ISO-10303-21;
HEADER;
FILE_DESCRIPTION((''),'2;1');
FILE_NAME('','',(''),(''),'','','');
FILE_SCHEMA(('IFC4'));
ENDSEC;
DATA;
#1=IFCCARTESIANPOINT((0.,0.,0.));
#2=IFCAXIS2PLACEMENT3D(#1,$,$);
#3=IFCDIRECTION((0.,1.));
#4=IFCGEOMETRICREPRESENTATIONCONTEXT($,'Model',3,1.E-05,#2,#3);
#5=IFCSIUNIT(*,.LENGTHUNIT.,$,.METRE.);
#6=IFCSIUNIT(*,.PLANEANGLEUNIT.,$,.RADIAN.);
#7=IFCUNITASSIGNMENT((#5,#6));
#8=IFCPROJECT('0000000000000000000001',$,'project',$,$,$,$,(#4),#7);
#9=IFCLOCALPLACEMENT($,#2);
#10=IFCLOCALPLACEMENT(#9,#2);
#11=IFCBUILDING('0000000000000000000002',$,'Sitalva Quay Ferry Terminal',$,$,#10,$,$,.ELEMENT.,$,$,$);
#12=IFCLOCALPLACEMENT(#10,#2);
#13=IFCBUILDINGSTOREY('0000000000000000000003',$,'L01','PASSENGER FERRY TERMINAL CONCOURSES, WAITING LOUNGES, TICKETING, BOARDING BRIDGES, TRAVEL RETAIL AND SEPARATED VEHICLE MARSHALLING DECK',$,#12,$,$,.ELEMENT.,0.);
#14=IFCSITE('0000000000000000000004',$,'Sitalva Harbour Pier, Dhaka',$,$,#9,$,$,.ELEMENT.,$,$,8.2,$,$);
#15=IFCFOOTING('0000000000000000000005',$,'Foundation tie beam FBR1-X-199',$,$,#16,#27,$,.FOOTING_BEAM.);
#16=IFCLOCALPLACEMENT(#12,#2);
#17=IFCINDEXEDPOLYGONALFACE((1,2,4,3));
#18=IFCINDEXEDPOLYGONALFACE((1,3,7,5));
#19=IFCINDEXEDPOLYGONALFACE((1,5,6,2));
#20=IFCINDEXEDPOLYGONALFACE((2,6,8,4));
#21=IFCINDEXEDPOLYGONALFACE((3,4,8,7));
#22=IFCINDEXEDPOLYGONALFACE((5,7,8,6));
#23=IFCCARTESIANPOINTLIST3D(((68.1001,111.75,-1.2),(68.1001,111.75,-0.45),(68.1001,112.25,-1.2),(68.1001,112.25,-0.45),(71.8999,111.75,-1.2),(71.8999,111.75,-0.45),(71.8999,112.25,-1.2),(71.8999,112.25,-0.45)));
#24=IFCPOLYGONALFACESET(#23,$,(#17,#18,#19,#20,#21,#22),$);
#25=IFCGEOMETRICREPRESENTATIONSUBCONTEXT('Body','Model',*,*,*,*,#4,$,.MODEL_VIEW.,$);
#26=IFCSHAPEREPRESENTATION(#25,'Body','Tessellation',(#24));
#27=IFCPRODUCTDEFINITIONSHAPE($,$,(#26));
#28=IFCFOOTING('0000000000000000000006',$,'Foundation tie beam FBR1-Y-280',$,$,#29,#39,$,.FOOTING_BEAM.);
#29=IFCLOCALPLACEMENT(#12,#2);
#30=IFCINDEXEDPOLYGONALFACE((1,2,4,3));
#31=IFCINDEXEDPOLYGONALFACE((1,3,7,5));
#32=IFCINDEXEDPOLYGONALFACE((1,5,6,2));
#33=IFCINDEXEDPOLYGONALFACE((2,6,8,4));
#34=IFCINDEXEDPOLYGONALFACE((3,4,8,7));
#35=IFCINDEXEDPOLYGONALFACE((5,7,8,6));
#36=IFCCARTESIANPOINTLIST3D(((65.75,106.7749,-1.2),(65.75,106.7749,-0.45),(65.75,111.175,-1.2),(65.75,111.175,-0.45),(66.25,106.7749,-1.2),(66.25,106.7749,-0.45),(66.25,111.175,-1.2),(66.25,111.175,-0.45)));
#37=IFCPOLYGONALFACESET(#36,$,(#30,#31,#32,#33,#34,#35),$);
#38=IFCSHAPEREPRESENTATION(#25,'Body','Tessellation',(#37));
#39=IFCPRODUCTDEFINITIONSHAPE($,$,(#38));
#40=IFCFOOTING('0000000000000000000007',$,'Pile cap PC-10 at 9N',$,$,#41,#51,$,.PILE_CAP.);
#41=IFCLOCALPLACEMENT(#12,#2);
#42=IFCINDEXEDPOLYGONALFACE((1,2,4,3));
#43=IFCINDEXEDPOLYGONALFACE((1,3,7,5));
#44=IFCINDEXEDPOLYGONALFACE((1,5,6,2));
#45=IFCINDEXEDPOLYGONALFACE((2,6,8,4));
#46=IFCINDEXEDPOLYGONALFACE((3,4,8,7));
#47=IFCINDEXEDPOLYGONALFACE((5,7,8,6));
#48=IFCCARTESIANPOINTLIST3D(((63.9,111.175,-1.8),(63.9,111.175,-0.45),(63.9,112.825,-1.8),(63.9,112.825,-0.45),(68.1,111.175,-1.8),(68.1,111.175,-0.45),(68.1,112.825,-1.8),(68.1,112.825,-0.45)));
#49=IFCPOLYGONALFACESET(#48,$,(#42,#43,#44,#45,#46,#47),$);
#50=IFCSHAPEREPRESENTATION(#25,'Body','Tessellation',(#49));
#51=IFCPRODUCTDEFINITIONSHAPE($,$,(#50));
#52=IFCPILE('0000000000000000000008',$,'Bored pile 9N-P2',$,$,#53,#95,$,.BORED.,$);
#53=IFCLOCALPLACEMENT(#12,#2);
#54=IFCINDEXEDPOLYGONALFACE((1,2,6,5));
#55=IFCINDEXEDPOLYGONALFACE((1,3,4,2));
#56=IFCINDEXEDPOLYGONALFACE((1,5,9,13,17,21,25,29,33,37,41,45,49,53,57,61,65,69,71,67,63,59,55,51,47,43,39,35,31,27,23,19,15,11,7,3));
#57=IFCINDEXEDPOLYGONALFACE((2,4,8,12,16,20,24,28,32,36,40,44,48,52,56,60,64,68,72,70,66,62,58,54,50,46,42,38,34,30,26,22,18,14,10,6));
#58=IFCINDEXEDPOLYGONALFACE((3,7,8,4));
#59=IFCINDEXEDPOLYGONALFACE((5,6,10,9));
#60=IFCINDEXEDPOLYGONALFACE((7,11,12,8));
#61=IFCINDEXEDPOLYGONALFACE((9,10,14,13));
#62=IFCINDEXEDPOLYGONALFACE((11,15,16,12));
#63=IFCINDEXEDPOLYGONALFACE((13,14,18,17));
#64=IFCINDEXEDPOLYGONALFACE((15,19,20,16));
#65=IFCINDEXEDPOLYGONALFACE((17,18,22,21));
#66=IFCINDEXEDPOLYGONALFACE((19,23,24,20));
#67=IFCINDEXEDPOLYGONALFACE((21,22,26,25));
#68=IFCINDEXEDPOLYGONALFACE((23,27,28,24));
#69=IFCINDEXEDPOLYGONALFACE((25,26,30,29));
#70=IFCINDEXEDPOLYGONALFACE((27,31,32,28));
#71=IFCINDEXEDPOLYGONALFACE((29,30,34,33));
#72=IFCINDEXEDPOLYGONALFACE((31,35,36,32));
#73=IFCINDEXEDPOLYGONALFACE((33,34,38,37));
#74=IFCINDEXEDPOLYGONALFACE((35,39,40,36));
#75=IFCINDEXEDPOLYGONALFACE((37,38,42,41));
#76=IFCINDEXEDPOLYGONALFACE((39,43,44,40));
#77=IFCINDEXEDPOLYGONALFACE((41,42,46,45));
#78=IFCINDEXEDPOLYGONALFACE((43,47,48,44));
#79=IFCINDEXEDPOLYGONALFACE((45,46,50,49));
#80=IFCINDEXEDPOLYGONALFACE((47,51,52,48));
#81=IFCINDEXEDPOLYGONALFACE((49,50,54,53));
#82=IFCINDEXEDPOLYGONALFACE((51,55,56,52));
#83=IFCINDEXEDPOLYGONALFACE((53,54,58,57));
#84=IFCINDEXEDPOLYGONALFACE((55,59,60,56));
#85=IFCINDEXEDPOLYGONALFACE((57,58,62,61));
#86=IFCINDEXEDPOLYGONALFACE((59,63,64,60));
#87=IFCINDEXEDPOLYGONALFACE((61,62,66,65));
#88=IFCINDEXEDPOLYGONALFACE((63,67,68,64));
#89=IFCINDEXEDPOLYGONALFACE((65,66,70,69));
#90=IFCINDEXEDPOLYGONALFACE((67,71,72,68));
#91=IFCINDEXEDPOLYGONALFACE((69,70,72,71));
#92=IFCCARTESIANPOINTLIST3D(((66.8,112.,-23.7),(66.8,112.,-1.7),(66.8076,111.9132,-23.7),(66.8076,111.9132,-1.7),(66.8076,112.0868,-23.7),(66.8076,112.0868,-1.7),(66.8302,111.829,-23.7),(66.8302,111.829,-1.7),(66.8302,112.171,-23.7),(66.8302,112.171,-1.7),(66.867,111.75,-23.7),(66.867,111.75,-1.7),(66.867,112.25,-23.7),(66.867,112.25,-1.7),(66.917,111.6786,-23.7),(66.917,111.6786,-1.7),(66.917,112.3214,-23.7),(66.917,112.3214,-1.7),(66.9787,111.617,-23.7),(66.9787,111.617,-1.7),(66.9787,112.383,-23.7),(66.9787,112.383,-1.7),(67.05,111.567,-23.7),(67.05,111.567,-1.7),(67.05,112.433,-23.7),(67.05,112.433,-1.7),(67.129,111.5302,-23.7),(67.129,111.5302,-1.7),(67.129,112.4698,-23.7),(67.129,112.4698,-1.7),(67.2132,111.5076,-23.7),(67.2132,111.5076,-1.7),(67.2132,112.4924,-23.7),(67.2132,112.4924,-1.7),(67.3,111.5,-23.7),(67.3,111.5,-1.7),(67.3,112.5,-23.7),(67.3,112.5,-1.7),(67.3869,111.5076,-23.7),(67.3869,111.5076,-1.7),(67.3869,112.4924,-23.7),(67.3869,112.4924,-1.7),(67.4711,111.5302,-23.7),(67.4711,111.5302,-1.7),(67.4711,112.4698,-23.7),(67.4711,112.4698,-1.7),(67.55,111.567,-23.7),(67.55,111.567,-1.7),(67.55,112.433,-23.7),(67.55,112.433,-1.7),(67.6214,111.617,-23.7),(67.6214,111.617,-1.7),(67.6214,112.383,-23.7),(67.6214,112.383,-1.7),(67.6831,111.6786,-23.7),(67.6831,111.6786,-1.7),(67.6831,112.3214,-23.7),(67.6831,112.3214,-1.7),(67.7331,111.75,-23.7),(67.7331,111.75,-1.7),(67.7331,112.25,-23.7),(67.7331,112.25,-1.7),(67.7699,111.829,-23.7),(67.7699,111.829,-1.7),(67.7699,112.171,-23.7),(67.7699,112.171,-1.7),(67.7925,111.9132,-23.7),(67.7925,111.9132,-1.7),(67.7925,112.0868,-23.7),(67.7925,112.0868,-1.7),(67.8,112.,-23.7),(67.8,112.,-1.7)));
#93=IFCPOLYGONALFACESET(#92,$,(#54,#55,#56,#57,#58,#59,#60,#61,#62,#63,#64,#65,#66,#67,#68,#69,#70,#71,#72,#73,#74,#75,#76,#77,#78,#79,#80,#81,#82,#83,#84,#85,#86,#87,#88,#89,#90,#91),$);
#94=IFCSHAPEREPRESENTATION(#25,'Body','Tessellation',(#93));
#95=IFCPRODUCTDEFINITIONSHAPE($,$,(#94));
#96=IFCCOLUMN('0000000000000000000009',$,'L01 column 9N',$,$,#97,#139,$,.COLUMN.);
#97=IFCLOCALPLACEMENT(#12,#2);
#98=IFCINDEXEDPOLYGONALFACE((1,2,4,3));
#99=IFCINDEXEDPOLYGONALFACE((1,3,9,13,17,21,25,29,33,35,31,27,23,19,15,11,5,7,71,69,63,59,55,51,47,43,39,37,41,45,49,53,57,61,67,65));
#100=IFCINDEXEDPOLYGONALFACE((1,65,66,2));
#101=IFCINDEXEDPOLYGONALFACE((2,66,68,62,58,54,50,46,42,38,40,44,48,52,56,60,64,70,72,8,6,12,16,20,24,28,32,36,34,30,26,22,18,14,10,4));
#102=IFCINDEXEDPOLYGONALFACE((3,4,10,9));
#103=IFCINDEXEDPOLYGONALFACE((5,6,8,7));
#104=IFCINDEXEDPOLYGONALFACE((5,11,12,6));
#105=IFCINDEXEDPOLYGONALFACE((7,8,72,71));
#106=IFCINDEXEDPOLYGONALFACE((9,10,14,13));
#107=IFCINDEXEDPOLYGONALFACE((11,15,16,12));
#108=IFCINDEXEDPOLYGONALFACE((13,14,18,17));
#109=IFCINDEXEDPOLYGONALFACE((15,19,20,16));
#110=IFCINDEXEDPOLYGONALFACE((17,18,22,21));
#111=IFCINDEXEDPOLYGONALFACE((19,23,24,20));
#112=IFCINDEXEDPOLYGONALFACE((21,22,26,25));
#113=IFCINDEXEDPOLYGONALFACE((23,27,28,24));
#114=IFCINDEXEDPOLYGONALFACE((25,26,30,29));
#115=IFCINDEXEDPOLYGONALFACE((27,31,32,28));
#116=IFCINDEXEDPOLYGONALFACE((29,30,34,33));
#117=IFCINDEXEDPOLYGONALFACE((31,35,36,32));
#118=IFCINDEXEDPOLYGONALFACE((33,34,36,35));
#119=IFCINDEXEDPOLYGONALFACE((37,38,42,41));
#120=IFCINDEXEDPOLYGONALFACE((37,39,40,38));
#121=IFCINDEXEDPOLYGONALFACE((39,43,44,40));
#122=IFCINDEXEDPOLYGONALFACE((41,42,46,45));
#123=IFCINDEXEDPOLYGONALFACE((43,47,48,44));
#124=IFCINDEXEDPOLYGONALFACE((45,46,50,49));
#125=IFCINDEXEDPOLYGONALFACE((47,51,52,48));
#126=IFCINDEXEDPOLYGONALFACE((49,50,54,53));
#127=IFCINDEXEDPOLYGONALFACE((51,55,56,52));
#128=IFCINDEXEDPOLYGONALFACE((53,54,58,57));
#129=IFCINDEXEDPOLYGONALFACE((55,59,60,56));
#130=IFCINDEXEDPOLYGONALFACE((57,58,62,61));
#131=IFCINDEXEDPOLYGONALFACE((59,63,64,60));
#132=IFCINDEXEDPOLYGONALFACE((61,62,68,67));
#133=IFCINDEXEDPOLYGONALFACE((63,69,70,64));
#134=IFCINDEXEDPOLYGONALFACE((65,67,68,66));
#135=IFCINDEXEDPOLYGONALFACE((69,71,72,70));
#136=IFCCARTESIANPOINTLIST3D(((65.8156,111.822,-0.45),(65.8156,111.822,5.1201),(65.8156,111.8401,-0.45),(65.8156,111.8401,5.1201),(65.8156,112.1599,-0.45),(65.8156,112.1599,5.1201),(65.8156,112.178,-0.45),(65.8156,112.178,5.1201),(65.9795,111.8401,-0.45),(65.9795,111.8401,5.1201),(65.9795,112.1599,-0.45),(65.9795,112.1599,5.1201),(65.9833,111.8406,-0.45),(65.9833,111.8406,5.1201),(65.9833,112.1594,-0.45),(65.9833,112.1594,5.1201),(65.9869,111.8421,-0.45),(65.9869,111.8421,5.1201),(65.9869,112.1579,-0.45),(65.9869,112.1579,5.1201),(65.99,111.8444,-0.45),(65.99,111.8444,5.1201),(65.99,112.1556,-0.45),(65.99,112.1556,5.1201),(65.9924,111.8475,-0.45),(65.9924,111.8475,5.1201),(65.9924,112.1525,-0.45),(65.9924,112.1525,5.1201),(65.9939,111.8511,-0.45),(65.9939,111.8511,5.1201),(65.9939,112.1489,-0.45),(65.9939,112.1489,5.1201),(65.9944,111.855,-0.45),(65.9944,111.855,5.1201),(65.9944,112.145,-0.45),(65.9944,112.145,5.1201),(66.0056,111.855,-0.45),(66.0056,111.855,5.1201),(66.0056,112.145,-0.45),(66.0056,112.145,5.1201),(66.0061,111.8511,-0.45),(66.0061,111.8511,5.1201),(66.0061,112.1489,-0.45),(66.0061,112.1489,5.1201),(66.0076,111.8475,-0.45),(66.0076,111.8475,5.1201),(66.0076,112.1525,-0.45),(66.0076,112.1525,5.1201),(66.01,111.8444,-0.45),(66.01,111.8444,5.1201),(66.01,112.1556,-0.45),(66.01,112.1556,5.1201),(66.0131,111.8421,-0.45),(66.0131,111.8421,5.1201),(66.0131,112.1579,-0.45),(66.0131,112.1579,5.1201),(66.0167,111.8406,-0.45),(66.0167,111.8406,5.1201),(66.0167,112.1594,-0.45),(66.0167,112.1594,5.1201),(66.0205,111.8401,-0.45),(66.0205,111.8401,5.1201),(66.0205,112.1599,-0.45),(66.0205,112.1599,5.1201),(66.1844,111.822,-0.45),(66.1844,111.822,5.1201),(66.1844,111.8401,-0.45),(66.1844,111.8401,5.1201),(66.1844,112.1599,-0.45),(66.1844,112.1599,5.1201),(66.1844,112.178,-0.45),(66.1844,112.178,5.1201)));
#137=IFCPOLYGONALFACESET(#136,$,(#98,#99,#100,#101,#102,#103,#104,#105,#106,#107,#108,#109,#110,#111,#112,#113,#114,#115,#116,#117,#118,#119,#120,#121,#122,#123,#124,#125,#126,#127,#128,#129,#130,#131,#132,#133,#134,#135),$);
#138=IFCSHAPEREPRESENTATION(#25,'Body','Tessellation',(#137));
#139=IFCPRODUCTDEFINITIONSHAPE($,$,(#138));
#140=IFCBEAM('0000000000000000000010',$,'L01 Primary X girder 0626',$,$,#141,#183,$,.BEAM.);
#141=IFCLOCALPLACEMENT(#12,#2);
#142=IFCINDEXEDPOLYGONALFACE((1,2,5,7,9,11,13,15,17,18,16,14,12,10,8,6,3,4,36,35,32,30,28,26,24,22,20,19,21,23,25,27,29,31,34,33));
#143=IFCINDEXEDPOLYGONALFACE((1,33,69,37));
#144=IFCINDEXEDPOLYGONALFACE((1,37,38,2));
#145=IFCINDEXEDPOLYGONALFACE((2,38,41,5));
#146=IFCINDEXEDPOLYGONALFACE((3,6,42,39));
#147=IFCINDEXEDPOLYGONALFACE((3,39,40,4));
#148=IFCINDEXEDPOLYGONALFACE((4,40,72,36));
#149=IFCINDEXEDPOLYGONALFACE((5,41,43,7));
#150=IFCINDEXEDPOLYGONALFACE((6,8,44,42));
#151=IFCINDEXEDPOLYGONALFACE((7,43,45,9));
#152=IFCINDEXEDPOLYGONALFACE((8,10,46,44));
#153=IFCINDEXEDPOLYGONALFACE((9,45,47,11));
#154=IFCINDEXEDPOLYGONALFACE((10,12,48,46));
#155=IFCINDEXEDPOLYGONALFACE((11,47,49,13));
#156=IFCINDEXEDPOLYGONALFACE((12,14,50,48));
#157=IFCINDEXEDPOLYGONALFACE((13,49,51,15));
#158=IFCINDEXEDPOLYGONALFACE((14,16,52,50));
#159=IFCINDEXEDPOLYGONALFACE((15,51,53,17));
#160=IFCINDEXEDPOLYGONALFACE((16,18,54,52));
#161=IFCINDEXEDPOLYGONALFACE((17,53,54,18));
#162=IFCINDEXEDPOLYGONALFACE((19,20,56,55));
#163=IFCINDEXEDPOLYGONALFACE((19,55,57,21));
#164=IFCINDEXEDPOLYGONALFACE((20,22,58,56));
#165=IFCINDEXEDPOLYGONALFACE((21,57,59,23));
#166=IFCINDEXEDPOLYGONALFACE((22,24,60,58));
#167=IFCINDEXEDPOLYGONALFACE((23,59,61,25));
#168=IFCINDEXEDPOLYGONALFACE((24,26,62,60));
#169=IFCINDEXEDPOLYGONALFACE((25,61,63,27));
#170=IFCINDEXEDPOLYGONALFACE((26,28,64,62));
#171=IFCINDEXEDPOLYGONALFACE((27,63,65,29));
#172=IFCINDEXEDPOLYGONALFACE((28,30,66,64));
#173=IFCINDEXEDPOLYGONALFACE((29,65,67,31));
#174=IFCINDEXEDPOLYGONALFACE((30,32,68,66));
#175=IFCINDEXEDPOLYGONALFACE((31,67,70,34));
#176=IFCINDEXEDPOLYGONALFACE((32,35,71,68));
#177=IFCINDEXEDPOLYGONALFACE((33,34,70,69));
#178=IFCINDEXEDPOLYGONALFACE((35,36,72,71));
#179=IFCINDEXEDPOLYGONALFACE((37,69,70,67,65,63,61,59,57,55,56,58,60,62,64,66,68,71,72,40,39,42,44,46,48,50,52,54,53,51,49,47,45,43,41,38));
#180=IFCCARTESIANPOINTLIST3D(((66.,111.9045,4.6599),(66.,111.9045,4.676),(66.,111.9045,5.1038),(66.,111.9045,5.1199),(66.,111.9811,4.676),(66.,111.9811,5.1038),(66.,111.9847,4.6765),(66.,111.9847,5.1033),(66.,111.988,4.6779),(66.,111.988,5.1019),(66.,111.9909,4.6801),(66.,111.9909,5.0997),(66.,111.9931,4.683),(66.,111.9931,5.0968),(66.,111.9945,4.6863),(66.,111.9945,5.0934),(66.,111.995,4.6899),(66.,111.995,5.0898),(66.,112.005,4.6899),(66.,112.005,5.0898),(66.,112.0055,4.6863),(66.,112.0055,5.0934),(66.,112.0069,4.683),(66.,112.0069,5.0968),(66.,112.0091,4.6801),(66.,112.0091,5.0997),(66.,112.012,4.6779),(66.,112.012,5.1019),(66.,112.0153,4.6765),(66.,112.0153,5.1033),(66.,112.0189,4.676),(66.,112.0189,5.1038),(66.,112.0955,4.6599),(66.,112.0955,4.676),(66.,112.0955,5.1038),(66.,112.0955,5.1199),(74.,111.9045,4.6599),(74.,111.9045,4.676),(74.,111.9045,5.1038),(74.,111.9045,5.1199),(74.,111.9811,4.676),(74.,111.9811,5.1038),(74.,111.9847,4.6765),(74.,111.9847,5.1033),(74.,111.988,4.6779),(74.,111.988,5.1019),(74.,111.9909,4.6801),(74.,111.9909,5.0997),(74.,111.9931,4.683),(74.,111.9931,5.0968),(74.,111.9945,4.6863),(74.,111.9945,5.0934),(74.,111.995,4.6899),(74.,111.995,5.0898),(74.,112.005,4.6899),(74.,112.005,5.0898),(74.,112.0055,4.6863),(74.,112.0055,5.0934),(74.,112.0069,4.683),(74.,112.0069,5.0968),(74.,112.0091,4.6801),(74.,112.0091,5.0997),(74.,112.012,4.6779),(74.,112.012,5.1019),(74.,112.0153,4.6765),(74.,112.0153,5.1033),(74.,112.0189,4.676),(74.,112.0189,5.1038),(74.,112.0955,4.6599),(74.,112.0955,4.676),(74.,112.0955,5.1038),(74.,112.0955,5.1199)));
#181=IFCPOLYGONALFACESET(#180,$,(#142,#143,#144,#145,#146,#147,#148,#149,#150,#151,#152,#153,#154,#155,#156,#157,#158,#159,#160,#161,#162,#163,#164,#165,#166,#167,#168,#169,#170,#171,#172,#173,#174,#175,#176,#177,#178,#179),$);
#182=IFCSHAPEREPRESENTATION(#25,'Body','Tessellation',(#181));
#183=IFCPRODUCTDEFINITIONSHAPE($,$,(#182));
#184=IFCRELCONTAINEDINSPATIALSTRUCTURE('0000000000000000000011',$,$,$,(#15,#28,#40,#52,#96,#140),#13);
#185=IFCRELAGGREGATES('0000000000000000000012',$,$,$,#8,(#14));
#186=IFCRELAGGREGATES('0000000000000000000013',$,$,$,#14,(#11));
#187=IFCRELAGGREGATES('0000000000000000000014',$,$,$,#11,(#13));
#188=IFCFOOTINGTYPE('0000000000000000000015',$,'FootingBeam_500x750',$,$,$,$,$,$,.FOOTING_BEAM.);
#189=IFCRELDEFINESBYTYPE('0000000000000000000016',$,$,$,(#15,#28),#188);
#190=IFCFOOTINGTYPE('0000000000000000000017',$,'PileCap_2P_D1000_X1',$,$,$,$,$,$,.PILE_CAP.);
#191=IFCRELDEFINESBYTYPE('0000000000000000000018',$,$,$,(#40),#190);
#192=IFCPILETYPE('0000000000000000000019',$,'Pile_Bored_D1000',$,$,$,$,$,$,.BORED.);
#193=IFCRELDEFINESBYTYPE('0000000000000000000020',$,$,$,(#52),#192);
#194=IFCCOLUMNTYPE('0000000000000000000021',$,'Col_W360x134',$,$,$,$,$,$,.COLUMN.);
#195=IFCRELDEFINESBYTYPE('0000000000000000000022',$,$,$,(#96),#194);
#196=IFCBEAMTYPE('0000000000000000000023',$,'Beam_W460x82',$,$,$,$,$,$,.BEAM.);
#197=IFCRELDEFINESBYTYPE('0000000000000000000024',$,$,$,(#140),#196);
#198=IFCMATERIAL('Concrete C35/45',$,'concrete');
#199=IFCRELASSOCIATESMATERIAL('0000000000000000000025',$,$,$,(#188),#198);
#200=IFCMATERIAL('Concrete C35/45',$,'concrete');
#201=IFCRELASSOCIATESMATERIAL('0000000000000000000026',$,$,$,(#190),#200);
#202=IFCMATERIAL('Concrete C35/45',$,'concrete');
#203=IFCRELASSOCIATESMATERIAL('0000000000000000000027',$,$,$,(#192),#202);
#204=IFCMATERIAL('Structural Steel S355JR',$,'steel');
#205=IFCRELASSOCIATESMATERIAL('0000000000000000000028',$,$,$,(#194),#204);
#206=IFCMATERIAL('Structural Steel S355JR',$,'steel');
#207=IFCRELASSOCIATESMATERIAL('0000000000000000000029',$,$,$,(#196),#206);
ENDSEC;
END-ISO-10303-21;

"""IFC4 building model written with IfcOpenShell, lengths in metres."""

from ifc_helpers import new_model, si_unit, direction, frame, origin, origin_2d, place, context, subcontext, project, spatial, rectangle, circle, i_section, extrude, material, material_profile, profile_set, type_object, element, save


model = new_model("IFC4")

# Units and contexts
model_context = context("Model", 3, precision=1e-05, world=origin(), true_north=direction((0.0, 1.0)))
body_context = subcontext(model_context, "Body", "Model", "MODEL_VIEW")
ifc_project = project(units=[si_unit("LENGTHUNIT", "METRE"), si_unit("PLANEANGLEUNIT", "RADIAN")], contexts=[model_context])

# Site, building, storey
site_placement = place(None, origin())
site = spatial("IfcSite", under=ifc_project, at=site_placement, Name="Sitalva Harbour Pier, Dhaka", CompositionType="ELEMENT", RefElevation=8.2)
building_placement = place(site_placement, origin())
building = spatial("IfcBuilding", under=site, at=building_placement, Name="Sitalva Quay Ferry Terminal", CompositionType="ELEMENT")
storey_placement = place(building_placement, origin())
storey = spatial("IfcBuildingStorey", under=building, at=storey_placement, Name="L01", Description="PASSENGER FERRY TERMINAL CONCOURSES, WAITING LOUNGES, TICKETING, BOARDING BRIDGES, TRAVEL RETAIL AND SEPARATED VEHICLE MARSHALLING DECK", CompositionType="ELEMENT", Elevation=0.0)

# Footings
ifc_material_1 = material(Name="Concrete C35/45", Category="concrete")
ifc_material_profile_1 = material_profile(ifc_material_1, rectangle(XDim=0.5, YDim=0.75, at=origin_2d()), Name="RC500x750")
ifc_profile_set_1 = profile_set([ifc_material_profile_1], Name="Concrete C35/45")
footing_type_1 = type_object("IfcFootingType", Name="FootingBeam_500x750", PredefinedType="FOOTING_BEAM", material=ifc_profile_set_1)
footing_1_placement = place(storey_placement, frame((68.1001, 112.0, -0.825), z_axis=(1.0, 0.0, 0.0), x_axis=(0.0, 1.0, 0.0)))
element("IfcFooting", 1, at=footing_1_placement, inside=storey, type_object=footing_type_1, Name="Foundation tie beam FBR1-X-199", PredefinedType="FOOTING_BEAM", context=body_context, shape_type="SweptSolid", body=[
    extrude(rectangle(XDim=0.5, YDim=0.75, at=origin_2d()), origin(), (0.0, 0.0, 1.0), 3.7998),
])
footing_2_placement = place(storey_placement, frame((66.0, 106.7749, -0.825), z_axis=(0.0, 1.0, 0.0), x_axis=(-1.0, 0.0, 0.0)))
element("IfcFooting", 2, at=footing_2_placement, inside=storey, type_object=footing_type_1, Name="Foundation tie beam FBR1-Y-280", PredefinedType="FOOTING_BEAM", context=body_context, shape_type="SweptSolid", body=[
    extrude(rectangle(XDim=0.5, YDim=0.75, at=origin_2d()), origin(), (0.0, 0.0, 1.0), 4.4001),
])
ifc_material_2 = material(Name="Concrete C35/45", Category="concrete")
footing_type_2 = type_object("IfcFootingType", Name="PileCap_2P_D1000_X1", PredefinedType="PILE_CAP", material=ifc_material_2)
footing_3_placement = place(storey_placement, frame((66.0, 112.0, -1.8), z_axis=(0.0, 0.0, 1.0), x_axis=(1.0, 0.0, 0.0)))
element("IfcFooting", 3, at=footing_3_placement, inside=storey, type_object=footing_type_2, Name="Pile cap PC-10 at 9N", PredefinedType="PILE_CAP", context=body_context, shape_type="SweptSolid", body=[
    extrude(rectangle(XDim=4.2, YDim=1.6499, at=origin_2d()), origin(), (0.0, 0.0, 1.0), 1.3501),
])

# Pile
ifc_material_3 = material(Name="Concrete C35/45", Category="concrete")
ifc_material_profile_2 = material_profile(ifc_material_3, circle(Radius=0.5, at=origin_2d()), Name="PILE-D1000")
ifc_profile_set_2 = profile_set([ifc_material_profile_2], Name="Concrete C35/45")
pile_type = type_object("IfcPileType", Name="Pile_Bored_D1000", PredefinedType="BORED", material=ifc_profile_set_2)
pile_placement = place(storey_placement, frame((67.3, 112.0, -1.7), z_axis=(0.0, 0.0, -1.0), x_axis=(1.0, 0.0, 0.0)))
element("IfcPile", 4, at=pile_placement, inside=storey, type_object=pile_type, Name="Bored pile 9N-P2", PredefinedType="BORED", context=body_context, shape_type="SweptSolid", body=[
    extrude(circle(Radius=0.5, at=origin_2d()), origin(), (0.0, 0.0, 1.0), 22.0),
])

# Column
ifc_material_4 = material(Name="Structural Steel S355JR", Category="steel")
ifc_material_profile_3 = material_profile(ifc_material_4, i_section(OverallWidth=0.3689, OverallDepth=0.356, WebThickness=0.0112, FlangeThickness=0.0181, FilletRadius=0.0149, at=origin_2d()), Name="W360x134")
ifc_profile_set_3 = profile_set([ifc_material_profile_3], Name="Structural Steel S355JR")
column_type = type_object("IfcColumnType", Name="Col_W360x134", PredefinedType="COLUMN", material=ifc_profile_set_3)
column_placement = place(storey_placement, frame((66.0, 112.0, -0.45), z_axis=(0.0, 0.0, 1.0), x_axis=(1.0, 0.0, 0.0)))
element("IfcColumn", 5, at=column_placement, inside=storey, type_object=column_type, Name="L01 column 9N", PredefinedType="COLUMN", context=body_context, shape_type="SweptSolid", body=[
    extrude(i_section(OverallWidth=0.3689, OverallDepth=0.356, WebThickness=0.0112, FlangeThickness=0.0181, FilletRadius=0.0149, at=origin_2d()), origin(), (0.0, 0.0, 1.0), 5.5701),
])

# Beam
ifc_material_5 = material(Name="Structural Steel S355JR", Category="steel")
ifc_material_profile_4 = material_profile(ifc_material_5, i_section(OverallWidth=0.1909, OverallDepth=0.46, WebThickness=0.01, FlangeThickness=0.0161, FilletRadius=0.0139, at=origin_2d()), Name="W460x82")
ifc_profile_set_4 = profile_set([ifc_material_profile_4], Name="Structural Steel S355JR")
beam_type_1 = type_object("IfcBeamType", Name="Beam_W460x82", PredefinedType="BEAM", material=ifc_profile_set_4)
beam_placement = place(storey_placement, frame((66.0, 112.0, 4.8899), z_axis=(1.0, 0.0, 0.0), x_axis=(0.0, 1.0, 0.0)))
element("IfcBeam", 6, at=beam_placement, inside=storey, type_object=beam_type_1, Name="L01 Primary X girder 0626", PredefinedType="BEAM", context=body_context, shape_type="SweptSolid", body=[
    extrude(i_section(OverallWidth=0.1909, OverallDepth=0.46, WebThickness=0.01, FlangeThickness=0.0161, FilletRadius=0.0139, at=origin_2d()), origin(), (0.0, 0.0, 1.0), 8.0),
])

save(model, "model.ifc")
